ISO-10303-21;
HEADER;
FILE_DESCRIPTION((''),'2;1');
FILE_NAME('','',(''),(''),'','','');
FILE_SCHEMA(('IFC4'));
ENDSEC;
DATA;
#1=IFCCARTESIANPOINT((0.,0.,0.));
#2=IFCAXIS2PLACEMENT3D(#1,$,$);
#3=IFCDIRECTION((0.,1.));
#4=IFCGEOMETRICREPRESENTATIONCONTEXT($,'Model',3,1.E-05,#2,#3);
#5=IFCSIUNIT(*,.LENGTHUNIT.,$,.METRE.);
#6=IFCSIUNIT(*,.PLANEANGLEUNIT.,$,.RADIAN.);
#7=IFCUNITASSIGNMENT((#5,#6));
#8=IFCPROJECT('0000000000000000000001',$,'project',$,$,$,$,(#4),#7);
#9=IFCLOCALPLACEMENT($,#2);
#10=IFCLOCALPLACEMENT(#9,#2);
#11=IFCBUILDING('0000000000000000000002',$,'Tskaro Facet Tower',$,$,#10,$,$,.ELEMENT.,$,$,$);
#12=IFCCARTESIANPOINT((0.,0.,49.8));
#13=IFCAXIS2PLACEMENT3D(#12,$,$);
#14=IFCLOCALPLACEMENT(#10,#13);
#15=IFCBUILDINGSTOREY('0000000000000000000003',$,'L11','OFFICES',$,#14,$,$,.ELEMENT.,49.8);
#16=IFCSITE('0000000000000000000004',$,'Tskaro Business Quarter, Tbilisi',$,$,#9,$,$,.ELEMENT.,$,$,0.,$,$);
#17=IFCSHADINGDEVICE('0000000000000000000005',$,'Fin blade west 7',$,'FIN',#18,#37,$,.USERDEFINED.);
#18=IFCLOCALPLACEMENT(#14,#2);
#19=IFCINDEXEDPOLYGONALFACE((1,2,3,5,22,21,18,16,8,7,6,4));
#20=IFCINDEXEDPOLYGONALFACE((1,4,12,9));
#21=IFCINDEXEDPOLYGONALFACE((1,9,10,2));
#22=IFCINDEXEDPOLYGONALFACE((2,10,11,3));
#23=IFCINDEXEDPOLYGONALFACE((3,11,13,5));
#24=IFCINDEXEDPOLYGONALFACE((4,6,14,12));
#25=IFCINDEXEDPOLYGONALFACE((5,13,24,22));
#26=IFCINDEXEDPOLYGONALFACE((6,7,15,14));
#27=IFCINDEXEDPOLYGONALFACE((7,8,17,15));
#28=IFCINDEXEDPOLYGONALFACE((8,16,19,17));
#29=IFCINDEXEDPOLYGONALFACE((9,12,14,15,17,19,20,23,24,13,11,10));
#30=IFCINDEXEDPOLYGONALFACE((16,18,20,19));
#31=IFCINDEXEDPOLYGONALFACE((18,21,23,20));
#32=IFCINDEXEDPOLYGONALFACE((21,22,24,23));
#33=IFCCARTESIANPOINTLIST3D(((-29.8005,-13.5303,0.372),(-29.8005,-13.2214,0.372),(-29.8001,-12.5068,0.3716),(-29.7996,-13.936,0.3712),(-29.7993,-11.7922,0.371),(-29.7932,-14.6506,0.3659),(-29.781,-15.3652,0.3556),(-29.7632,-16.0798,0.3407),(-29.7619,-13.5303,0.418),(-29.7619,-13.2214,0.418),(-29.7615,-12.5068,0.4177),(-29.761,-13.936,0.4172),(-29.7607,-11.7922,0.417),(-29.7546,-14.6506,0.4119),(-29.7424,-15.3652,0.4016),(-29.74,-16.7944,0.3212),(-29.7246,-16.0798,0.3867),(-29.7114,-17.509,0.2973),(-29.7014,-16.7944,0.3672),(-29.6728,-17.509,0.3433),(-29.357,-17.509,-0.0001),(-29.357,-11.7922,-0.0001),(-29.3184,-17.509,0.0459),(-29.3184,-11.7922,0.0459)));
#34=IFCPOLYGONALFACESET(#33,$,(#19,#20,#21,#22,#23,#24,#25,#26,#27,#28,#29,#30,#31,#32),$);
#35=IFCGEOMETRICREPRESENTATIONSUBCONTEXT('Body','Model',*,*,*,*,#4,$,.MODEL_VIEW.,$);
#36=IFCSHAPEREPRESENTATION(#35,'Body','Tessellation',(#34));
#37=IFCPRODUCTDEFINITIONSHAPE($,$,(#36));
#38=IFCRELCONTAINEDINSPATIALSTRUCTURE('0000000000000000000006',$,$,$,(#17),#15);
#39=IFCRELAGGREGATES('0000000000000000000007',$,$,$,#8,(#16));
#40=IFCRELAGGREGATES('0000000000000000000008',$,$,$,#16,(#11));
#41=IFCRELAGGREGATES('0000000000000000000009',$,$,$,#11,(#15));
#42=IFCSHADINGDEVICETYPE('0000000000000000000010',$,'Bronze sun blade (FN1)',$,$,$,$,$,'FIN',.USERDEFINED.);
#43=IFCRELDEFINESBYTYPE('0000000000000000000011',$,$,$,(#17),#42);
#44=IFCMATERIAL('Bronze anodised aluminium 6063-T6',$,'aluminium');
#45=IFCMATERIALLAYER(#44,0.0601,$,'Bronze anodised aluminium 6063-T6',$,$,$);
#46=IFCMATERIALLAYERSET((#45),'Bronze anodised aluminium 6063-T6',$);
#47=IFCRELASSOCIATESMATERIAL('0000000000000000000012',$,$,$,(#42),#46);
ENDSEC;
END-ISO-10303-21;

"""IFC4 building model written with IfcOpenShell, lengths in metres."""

from ifc_helpers import new_model, si_unit, direction, frame, origin, place, context, subcontext, project, spatial, polyline, outline, extrude, material, layer, layer_set, type_object, element, save


model = new_model("IFC4")

# Units and contexts
model_context = context("Model", 3, precision=1e-05, world=origin(), true_north=direction((0.0, 1.0)))
body_context = subcontext(model_context, "Body", "Model", "MODEL_VIEW")
ifc_project = project(units=[si_unit("LENGTHUNIT", "METRE"), si_unit("PLANEANGLEUNIT", "RADIAN")], contexts=[model_context])

# Site, building, storey
site_placement = place(None, origin())
site = spatial("IfcSite", under=ifc_project, at=site_placement, Name="Tskaro Business Quarter, Tbilisi", CompositionType="ELEMENT", RefElevation=0.0)
building_placement = place(site_placement, origin())
building = spatial("IfcBuilding", under=site, at=building_placement, Name="Tskaro Facet Tower", CompositionType="ELEMENT")
storey_placement = place(building_placement, frame((0.0, 0.0, 49.8)))
storey = spatial("IfcBuildingStorey", under=building, at=storey_placement, Name="L11", Description="OFFICES", CompositionType="ELEMENT", Elevation=49.8)

# Shared definitions
ifc_material_1 = material(Name="Bronze anodised aluminium 6063-T6", Category="aluminium")

# Shading device
ifc_layer_1 = layer(ifc_material_1, 0.0601, Name="Bronze anodised aluminium 6063-T6")
ifc_layer_set_1 = layer_set([ifc_layer_1], Name="Bronze anodised aluminium 6063-T6")
shading_device_type = type_object("IfcShadingDeviceType", Name="Bronze sun blade (FN1)", ElementType="FIN", PredefinedType="USERDEFINED", material=ifc_layer_set_1)
shading_device_1_placement = place(storey_placement, frame((-29.3184, -11.7922, 0.0459), z_axis=(0.642684, 0.0, 0.766131), x_axis=(0.0, -1.0, 0.0)))
element("IfcShadingDevice", 1, at=shading_device_1_placement, inside=storey, type_object=shading_device_type, Name="Fin blade west 7", ObjectType="FIN", PredefinedType="USERDEFINED", context=body_context, shape_type="SweptSolid", body=[
    extrude(outline(polyline([(0.0, 0.0), (5.7168, 0.0), (5.7168, -0.4627), (5.0022, -0.5), (4.2876, -0.5303), (3.573, -0.5535), (2.8584, -0.5694), (2.1438, -0.5778), (1.738, -0.579), (1.4292, -0.579), (0.7146, -0.5785), (0.0, -0.5774), (0.0, 0.0)])), origin(), (0.0, 0.0, -1.0), 0.0601),
])

save(model, "model.ifc")
